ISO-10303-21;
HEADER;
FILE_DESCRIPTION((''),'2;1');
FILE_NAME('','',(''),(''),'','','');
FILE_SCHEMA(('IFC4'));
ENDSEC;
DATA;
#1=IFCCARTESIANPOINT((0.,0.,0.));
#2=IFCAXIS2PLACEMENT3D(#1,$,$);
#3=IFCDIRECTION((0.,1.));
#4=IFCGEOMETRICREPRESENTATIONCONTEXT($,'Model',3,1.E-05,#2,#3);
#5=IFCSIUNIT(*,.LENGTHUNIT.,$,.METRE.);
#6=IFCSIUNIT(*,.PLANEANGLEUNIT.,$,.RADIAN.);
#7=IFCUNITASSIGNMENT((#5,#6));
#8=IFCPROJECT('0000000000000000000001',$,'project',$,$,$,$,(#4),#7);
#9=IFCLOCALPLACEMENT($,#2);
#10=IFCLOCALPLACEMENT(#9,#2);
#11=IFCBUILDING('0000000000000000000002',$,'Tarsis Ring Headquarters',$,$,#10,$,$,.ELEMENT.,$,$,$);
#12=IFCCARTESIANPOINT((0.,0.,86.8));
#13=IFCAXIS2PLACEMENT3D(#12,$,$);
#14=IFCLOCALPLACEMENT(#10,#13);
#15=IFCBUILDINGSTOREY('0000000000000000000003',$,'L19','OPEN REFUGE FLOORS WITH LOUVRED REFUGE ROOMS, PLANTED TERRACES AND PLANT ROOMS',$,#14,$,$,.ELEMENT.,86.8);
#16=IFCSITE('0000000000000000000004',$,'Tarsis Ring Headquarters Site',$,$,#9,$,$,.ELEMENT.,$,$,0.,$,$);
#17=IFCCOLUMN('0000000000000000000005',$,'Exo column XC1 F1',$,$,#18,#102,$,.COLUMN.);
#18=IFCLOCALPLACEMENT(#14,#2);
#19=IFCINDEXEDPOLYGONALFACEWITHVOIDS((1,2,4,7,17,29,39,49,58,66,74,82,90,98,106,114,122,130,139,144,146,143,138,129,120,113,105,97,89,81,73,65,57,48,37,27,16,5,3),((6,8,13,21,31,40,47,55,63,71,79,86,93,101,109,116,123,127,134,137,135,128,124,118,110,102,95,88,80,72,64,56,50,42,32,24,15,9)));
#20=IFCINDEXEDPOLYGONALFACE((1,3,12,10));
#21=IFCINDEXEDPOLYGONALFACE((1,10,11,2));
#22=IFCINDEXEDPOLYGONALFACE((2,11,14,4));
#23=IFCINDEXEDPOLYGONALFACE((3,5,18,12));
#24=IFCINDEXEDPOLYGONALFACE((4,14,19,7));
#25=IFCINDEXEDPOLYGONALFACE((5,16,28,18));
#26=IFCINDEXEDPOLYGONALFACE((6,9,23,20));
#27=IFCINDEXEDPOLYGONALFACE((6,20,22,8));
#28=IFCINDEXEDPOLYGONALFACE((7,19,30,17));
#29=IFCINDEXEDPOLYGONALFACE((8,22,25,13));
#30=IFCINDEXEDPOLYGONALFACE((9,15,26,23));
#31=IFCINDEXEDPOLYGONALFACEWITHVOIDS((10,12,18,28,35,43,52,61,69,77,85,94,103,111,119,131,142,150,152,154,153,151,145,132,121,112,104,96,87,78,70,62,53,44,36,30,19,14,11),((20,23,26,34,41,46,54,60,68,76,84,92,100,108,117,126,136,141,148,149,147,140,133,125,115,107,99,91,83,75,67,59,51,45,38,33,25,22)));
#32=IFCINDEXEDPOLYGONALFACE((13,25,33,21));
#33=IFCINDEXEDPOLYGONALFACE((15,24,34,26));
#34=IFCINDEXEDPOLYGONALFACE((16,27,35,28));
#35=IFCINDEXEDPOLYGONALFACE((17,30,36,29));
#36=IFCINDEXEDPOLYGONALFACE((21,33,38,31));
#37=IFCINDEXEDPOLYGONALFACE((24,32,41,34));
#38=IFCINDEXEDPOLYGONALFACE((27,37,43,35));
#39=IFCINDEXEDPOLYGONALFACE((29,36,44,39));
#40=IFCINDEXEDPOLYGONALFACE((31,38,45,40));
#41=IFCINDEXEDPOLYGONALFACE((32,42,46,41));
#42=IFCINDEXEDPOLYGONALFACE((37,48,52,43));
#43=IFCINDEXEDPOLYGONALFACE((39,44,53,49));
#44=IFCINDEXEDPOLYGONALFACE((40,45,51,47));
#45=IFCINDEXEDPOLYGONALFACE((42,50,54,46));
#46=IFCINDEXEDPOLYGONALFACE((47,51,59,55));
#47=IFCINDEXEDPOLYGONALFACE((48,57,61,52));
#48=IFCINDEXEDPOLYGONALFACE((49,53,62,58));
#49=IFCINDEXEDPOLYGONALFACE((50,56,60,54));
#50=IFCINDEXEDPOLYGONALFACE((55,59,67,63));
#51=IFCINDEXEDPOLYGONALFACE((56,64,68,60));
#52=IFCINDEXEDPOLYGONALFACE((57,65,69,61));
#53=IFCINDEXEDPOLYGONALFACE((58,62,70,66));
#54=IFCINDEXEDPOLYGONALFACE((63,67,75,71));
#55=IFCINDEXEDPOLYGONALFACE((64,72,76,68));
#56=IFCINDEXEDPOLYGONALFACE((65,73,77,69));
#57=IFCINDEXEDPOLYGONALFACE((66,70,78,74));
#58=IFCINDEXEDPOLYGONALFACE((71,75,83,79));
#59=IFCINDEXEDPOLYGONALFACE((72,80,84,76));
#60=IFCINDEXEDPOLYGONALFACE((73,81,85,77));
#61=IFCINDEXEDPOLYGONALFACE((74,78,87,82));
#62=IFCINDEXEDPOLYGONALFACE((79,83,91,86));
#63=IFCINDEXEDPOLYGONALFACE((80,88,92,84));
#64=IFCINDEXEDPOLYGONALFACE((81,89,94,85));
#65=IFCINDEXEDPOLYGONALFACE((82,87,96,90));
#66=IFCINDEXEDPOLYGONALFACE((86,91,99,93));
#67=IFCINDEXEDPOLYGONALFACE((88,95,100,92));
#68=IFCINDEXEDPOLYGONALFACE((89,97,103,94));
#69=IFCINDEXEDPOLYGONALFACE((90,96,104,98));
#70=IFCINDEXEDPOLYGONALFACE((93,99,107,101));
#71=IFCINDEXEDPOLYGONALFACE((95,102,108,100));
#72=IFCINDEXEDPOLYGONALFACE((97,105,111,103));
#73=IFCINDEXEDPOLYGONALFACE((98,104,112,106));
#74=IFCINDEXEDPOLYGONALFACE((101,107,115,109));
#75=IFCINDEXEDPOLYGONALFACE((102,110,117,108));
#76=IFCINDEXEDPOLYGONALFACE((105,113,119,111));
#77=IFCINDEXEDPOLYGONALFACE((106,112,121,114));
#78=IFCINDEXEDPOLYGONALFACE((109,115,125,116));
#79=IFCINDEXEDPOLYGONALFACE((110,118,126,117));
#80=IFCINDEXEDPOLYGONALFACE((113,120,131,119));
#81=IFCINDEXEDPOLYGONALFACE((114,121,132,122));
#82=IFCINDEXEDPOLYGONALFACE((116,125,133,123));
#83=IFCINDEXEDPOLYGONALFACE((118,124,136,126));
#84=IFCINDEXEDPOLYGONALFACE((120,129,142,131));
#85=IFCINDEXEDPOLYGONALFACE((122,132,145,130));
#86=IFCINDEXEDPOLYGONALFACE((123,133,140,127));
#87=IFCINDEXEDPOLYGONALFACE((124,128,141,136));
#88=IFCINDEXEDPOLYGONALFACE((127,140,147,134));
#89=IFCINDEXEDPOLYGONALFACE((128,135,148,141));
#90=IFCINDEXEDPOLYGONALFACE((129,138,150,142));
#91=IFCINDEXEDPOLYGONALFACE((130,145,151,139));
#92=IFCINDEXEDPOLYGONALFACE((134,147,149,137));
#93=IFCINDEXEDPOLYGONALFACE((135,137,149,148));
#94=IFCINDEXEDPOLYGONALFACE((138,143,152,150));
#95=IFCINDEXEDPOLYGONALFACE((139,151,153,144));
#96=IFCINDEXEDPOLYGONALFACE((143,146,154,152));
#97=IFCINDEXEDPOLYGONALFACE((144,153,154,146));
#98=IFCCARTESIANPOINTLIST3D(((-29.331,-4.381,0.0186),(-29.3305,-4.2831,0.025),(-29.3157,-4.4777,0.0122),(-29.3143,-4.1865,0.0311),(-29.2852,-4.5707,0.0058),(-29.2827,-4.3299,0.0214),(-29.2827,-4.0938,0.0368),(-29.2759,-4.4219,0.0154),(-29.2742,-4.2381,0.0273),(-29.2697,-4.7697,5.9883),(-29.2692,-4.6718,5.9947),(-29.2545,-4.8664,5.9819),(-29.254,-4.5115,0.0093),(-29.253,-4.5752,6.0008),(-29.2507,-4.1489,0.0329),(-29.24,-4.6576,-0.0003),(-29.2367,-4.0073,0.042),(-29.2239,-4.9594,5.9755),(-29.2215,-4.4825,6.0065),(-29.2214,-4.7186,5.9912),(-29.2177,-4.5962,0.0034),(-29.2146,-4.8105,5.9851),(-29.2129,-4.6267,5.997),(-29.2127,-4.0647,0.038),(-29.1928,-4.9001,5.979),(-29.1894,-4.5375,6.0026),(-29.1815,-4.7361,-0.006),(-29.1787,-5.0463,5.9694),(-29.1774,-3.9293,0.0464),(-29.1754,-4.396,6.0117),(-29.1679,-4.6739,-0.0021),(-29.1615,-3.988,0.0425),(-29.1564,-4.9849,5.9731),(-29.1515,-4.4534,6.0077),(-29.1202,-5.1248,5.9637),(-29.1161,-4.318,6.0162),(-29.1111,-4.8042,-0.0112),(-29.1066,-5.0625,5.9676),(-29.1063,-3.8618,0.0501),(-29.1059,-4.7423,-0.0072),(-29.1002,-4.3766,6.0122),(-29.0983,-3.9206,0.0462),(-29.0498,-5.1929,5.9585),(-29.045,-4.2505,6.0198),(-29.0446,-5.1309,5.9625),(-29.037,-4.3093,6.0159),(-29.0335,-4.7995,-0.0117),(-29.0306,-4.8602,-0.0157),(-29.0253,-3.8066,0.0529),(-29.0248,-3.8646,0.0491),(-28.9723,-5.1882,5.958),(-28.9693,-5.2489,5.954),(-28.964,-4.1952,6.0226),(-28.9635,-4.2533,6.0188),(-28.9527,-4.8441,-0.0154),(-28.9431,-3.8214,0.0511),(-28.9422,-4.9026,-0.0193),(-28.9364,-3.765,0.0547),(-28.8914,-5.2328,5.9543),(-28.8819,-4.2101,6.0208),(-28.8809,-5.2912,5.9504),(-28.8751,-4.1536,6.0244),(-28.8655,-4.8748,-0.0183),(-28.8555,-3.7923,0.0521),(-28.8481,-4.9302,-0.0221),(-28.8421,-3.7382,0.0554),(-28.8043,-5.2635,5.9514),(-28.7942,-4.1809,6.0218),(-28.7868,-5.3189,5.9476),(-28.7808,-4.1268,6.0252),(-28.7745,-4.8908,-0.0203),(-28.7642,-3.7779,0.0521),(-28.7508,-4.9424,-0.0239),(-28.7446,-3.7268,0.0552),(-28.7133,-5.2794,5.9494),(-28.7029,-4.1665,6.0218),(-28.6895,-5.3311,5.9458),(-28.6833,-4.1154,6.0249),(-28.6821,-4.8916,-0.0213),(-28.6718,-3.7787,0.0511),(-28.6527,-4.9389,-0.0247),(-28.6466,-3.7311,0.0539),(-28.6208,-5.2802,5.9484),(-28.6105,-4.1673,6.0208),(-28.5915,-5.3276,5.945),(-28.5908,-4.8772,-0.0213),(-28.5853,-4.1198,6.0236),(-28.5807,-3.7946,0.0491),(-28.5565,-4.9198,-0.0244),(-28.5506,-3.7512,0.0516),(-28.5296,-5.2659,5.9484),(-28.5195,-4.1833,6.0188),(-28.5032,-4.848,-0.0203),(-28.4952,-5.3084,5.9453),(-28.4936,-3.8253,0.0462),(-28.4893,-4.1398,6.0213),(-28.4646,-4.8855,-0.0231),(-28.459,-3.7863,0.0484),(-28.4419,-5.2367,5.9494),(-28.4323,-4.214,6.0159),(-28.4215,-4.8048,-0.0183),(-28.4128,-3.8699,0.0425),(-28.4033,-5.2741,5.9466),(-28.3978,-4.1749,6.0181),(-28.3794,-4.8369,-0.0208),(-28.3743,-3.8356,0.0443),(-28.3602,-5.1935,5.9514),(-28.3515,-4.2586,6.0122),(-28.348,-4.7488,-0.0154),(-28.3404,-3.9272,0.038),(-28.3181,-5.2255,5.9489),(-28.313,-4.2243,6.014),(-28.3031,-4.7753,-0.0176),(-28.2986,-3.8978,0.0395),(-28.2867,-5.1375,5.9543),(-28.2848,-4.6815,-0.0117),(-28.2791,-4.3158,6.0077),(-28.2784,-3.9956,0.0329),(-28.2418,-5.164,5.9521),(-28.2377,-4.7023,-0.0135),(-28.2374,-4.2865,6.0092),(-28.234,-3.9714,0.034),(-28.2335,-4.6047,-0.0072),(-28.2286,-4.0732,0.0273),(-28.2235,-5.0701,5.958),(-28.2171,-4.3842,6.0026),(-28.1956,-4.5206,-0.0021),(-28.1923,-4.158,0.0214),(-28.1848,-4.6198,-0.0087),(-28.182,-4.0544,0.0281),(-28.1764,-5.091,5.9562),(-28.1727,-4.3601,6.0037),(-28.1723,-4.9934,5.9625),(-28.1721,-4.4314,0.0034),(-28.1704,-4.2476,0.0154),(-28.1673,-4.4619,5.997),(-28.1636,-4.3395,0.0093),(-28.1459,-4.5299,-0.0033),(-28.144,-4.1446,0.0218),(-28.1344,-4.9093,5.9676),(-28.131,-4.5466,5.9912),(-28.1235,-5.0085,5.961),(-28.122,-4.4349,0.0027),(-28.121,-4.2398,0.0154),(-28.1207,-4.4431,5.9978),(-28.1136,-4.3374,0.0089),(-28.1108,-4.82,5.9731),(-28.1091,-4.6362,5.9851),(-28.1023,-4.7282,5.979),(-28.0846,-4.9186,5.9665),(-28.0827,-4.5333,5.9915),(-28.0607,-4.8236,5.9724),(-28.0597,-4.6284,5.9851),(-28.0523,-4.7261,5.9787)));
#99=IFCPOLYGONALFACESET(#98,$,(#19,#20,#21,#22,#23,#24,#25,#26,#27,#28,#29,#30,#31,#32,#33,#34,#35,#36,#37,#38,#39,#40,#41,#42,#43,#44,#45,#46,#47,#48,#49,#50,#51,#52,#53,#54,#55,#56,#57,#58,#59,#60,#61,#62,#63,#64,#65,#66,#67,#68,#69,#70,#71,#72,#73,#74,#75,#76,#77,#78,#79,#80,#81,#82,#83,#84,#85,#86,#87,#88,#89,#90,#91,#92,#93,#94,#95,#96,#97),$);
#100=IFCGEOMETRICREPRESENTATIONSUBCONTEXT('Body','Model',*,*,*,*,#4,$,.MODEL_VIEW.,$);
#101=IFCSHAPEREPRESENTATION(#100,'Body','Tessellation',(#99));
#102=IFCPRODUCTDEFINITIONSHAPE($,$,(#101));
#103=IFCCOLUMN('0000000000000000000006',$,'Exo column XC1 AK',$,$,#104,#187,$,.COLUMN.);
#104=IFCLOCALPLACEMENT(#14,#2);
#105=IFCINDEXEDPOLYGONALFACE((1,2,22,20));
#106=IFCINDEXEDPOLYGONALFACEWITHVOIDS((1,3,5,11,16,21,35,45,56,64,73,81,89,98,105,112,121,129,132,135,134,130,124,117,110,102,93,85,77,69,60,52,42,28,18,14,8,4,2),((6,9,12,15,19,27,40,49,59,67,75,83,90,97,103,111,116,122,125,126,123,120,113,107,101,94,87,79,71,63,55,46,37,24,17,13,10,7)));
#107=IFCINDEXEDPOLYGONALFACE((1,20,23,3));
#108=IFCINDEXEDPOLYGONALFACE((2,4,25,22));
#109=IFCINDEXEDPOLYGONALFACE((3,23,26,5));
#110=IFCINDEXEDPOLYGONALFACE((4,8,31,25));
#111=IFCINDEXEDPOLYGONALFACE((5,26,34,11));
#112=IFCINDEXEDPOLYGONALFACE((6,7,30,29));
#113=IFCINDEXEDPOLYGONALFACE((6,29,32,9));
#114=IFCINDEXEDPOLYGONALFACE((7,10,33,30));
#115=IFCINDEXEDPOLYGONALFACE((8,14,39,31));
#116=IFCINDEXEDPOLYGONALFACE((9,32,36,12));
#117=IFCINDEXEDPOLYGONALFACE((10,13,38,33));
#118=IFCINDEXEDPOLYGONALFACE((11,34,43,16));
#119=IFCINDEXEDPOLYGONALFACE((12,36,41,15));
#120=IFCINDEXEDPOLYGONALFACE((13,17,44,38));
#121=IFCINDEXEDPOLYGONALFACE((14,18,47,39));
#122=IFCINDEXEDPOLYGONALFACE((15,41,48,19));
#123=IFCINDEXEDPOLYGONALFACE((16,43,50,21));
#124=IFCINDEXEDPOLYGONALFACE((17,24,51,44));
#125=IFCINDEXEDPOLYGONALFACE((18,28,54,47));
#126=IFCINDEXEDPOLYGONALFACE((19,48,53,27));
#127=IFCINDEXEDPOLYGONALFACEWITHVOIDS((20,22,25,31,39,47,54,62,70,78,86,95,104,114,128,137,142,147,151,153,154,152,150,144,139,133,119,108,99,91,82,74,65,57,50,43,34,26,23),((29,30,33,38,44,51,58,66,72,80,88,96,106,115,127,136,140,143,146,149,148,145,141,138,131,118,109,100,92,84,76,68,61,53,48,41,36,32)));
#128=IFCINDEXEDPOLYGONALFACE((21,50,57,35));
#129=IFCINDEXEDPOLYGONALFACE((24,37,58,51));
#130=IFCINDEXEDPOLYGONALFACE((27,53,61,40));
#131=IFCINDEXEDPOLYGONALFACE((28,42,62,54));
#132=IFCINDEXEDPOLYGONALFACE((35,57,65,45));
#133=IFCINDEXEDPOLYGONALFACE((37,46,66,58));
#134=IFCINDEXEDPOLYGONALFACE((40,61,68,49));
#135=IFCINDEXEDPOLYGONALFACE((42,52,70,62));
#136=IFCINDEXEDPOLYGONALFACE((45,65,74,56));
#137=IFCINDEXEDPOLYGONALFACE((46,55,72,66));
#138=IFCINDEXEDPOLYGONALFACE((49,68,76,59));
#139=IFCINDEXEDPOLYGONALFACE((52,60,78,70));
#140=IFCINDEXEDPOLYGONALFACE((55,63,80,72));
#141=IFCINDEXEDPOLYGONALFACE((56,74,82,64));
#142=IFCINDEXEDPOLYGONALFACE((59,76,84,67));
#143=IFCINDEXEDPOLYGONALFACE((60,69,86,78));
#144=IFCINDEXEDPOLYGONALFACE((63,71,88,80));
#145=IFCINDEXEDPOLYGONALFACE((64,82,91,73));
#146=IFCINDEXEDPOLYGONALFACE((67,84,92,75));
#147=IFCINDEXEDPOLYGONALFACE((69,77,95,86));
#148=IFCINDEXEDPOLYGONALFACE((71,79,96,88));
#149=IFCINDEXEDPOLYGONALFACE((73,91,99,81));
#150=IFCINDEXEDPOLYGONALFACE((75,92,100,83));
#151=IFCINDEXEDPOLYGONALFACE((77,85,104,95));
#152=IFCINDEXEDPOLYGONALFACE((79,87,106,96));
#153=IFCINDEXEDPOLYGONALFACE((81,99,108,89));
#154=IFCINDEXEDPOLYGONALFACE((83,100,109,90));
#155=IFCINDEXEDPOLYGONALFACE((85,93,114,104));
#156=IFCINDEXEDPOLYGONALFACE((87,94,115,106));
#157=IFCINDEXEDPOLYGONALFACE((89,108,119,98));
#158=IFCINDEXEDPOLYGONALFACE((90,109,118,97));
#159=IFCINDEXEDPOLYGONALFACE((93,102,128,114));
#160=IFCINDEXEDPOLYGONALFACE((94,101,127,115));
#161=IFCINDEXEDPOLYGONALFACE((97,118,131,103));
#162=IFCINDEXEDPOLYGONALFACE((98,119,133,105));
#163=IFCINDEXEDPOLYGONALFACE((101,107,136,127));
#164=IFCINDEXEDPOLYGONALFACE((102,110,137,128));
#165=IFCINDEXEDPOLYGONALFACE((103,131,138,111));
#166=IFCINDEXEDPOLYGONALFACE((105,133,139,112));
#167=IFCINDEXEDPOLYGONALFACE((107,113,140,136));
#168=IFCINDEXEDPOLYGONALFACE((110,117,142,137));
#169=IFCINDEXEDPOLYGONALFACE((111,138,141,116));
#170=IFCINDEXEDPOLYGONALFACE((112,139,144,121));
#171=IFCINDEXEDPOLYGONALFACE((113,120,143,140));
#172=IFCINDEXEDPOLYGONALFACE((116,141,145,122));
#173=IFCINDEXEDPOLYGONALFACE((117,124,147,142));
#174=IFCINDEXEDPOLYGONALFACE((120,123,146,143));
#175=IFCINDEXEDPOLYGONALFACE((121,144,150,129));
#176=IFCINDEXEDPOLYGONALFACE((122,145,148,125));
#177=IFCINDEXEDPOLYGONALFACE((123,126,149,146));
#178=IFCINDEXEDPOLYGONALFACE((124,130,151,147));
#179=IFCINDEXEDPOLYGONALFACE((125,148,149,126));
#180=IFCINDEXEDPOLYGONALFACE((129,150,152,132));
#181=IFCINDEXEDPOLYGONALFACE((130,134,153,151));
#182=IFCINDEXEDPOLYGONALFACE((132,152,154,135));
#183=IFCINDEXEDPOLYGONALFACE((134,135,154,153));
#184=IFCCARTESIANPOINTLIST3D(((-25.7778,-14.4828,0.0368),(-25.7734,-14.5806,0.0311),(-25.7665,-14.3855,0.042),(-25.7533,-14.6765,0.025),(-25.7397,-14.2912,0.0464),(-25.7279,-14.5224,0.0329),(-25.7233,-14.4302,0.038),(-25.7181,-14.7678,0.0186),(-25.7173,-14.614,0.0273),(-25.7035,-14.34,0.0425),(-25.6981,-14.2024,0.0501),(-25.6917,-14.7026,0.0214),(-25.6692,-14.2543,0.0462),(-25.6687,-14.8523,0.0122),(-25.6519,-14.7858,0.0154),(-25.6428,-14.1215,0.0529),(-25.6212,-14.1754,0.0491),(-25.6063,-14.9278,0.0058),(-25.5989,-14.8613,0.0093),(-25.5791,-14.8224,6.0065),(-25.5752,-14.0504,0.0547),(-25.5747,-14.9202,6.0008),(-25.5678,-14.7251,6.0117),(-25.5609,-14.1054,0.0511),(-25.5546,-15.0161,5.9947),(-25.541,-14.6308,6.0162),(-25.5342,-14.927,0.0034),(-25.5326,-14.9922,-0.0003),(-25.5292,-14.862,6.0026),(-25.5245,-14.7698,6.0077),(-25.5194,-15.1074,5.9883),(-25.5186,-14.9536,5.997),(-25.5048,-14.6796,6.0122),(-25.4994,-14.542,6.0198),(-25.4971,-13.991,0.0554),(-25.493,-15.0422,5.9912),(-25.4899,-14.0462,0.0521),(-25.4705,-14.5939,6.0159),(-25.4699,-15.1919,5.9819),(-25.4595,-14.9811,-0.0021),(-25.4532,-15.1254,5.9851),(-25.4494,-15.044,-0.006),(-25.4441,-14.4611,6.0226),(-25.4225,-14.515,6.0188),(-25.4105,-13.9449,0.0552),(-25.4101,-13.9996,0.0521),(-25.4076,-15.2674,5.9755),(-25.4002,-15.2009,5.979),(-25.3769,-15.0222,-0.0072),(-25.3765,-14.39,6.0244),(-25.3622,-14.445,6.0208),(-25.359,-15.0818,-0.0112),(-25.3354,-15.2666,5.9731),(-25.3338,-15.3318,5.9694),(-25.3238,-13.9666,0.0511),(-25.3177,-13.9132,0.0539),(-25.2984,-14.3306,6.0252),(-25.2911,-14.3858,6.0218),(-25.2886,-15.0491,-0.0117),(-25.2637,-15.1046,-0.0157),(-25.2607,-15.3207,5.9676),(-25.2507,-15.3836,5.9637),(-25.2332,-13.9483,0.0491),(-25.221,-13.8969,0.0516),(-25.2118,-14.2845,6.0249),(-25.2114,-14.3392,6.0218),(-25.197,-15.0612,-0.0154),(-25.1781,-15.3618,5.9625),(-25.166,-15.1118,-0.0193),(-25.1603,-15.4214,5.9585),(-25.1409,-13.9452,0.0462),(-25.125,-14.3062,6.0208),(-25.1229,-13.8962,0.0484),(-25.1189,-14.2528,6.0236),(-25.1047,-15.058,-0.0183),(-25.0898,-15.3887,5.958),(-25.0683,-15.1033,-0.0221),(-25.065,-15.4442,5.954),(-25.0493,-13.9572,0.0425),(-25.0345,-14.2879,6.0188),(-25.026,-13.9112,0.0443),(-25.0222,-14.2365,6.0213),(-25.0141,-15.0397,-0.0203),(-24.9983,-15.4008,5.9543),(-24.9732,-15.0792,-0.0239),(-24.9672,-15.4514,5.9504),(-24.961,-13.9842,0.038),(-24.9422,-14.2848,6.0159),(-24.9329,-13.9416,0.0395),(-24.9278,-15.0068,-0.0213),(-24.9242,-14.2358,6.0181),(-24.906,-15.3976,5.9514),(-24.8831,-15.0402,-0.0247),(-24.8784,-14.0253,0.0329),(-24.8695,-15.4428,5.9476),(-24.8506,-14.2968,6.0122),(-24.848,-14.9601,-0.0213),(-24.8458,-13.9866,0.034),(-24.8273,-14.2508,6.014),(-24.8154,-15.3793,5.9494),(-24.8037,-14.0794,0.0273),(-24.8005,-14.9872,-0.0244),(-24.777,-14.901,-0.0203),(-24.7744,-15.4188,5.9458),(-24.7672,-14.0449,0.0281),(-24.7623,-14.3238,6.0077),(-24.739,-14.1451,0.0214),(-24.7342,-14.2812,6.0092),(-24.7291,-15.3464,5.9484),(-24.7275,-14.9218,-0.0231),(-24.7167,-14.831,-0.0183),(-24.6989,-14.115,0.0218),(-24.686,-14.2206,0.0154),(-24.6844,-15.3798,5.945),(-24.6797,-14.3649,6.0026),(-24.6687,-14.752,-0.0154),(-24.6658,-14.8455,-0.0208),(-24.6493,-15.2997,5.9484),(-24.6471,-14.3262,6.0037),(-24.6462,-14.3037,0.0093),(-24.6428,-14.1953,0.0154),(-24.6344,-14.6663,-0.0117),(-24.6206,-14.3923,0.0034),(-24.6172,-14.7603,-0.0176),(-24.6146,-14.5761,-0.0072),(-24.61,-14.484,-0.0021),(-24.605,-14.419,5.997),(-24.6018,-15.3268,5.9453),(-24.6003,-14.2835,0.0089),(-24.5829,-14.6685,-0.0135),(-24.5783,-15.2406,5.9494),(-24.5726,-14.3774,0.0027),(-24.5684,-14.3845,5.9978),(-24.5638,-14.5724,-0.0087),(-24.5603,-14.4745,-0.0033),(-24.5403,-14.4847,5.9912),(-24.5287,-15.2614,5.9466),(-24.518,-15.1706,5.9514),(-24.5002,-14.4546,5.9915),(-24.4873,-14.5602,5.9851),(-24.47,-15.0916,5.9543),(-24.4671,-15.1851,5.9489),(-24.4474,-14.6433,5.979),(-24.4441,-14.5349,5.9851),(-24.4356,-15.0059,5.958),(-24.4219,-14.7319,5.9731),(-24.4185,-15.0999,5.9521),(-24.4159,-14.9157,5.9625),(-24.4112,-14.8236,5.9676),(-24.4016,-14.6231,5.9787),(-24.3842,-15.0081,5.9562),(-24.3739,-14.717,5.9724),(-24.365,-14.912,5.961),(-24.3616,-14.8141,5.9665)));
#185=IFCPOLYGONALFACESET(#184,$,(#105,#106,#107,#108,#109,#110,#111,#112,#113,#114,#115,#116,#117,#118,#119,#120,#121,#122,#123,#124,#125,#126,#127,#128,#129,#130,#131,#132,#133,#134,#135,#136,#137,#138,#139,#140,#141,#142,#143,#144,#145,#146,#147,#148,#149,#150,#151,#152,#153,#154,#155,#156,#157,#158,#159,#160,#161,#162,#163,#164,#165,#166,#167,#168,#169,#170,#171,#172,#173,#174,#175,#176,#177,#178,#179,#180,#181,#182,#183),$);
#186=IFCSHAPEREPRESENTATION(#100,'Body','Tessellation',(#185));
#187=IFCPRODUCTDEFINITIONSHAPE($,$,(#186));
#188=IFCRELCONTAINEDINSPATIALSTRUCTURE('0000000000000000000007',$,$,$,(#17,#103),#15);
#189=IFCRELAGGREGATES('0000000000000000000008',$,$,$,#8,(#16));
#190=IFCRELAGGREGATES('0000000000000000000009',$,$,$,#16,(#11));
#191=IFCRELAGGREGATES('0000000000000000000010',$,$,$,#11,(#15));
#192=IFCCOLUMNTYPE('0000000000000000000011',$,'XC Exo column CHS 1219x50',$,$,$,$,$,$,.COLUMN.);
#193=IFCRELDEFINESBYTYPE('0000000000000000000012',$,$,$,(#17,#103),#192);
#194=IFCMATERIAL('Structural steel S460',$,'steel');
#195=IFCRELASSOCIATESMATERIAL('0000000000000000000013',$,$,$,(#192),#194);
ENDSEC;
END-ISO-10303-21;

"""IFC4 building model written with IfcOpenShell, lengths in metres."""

from ifc_helpers import new_model, si_unit, direction, frame, origin, origin_2d, place, context, subcontext, project, spatial, hollow_circle, extrude, material, material_profile, profile_set, type_object, element, save


model = new_model("IFC4")

# Units and contexts
model_context = context("Model", 3, precision=1e-05, world=origin(), true_north=direction((0.0, 1.0)))
body_context = subcontext(model_context, "Body", "Model", "MODEL_VIEW")
ifc_project = project(units=[si_unit("LENGTHUNIT", "METRE"), si_unit("PLANEANGLEUNIT", "RADIAN")], contexts=[model_context])

# Site, building, storey
site_placement = place(None, origin())
site = spatial("IfcSite", under=ifc_project, at=site_placement, Name="Tarsis Ring Headquarters Site", CompositionType="ELEMENT", RefElevation=0.0)
building_placement = place(site_placement, origin())
building = spatial("IfcBuilding", under=site, at=building_placement, Name="Tarsis Ring Headquarters", CompositionType="ELEMENT")
storey_placement = place(building_placement, frame((0.0, 0.0, 86.8)))
storey = spatial("IfcBuildingStorey", under=building, at=storey_placement, Name="L19", Description="OPEN REFUGE FLOORS WITH LOUVRED REFUGE ROOMS, PLANTED TERRACES AND PLANT ROOMS", CompositionType="ELEMENT", Elevation=86.8)

# Columns
ifc_material_1 = material(Name="Structural steel S460", Category="steel")
ifc_material_profile_1 = material_profile(ifc_material_1, hollow_circle(Radius=0.6096, WallThickness=0.05, at=origin_2d()), Name="CHS 1219x50")
ifc_profile_set_1 = profile_set([ifc_material_profile_1], Name="Structural steel S460")
column_type = type_object("IfcColumnType", Name="XC Exo column CHS 1219x50", PredefinedType="COLUMN", material=ifc_profile_set_1)
for number, where, z_axis, x_axis, name in (
    (1, (-28.7231, -4.3347, 0.0154), (0.010243, -0.064966, 0.997835), (0.987798, 0.15574, 0.0), "Exo column XC1 F1"),
    (2, (-25.1689, -14.5032, 0.0154), (0.033218, -0.056764, 0.997835), (0.86308, 0.505066, 0.0), "Exo column XC1 AK"),
):
    element("IfcColumn", number, at=place(storey_placement, frame(where, z_axis=z_axis, x_axis=x_axis)), inside=storey, type_object=column_type, Name=name, PredefinedType="COLUMN", context=body_context, shape_type="SweptSolid", body=[
        extrude(hollow_circle(Radius=0.6096, WallThickness=0.05, at=origin_2d()), origin(), (0.0, 0.0, 1.0), 5.9827),
    ])

save(model, "model.ifc")
